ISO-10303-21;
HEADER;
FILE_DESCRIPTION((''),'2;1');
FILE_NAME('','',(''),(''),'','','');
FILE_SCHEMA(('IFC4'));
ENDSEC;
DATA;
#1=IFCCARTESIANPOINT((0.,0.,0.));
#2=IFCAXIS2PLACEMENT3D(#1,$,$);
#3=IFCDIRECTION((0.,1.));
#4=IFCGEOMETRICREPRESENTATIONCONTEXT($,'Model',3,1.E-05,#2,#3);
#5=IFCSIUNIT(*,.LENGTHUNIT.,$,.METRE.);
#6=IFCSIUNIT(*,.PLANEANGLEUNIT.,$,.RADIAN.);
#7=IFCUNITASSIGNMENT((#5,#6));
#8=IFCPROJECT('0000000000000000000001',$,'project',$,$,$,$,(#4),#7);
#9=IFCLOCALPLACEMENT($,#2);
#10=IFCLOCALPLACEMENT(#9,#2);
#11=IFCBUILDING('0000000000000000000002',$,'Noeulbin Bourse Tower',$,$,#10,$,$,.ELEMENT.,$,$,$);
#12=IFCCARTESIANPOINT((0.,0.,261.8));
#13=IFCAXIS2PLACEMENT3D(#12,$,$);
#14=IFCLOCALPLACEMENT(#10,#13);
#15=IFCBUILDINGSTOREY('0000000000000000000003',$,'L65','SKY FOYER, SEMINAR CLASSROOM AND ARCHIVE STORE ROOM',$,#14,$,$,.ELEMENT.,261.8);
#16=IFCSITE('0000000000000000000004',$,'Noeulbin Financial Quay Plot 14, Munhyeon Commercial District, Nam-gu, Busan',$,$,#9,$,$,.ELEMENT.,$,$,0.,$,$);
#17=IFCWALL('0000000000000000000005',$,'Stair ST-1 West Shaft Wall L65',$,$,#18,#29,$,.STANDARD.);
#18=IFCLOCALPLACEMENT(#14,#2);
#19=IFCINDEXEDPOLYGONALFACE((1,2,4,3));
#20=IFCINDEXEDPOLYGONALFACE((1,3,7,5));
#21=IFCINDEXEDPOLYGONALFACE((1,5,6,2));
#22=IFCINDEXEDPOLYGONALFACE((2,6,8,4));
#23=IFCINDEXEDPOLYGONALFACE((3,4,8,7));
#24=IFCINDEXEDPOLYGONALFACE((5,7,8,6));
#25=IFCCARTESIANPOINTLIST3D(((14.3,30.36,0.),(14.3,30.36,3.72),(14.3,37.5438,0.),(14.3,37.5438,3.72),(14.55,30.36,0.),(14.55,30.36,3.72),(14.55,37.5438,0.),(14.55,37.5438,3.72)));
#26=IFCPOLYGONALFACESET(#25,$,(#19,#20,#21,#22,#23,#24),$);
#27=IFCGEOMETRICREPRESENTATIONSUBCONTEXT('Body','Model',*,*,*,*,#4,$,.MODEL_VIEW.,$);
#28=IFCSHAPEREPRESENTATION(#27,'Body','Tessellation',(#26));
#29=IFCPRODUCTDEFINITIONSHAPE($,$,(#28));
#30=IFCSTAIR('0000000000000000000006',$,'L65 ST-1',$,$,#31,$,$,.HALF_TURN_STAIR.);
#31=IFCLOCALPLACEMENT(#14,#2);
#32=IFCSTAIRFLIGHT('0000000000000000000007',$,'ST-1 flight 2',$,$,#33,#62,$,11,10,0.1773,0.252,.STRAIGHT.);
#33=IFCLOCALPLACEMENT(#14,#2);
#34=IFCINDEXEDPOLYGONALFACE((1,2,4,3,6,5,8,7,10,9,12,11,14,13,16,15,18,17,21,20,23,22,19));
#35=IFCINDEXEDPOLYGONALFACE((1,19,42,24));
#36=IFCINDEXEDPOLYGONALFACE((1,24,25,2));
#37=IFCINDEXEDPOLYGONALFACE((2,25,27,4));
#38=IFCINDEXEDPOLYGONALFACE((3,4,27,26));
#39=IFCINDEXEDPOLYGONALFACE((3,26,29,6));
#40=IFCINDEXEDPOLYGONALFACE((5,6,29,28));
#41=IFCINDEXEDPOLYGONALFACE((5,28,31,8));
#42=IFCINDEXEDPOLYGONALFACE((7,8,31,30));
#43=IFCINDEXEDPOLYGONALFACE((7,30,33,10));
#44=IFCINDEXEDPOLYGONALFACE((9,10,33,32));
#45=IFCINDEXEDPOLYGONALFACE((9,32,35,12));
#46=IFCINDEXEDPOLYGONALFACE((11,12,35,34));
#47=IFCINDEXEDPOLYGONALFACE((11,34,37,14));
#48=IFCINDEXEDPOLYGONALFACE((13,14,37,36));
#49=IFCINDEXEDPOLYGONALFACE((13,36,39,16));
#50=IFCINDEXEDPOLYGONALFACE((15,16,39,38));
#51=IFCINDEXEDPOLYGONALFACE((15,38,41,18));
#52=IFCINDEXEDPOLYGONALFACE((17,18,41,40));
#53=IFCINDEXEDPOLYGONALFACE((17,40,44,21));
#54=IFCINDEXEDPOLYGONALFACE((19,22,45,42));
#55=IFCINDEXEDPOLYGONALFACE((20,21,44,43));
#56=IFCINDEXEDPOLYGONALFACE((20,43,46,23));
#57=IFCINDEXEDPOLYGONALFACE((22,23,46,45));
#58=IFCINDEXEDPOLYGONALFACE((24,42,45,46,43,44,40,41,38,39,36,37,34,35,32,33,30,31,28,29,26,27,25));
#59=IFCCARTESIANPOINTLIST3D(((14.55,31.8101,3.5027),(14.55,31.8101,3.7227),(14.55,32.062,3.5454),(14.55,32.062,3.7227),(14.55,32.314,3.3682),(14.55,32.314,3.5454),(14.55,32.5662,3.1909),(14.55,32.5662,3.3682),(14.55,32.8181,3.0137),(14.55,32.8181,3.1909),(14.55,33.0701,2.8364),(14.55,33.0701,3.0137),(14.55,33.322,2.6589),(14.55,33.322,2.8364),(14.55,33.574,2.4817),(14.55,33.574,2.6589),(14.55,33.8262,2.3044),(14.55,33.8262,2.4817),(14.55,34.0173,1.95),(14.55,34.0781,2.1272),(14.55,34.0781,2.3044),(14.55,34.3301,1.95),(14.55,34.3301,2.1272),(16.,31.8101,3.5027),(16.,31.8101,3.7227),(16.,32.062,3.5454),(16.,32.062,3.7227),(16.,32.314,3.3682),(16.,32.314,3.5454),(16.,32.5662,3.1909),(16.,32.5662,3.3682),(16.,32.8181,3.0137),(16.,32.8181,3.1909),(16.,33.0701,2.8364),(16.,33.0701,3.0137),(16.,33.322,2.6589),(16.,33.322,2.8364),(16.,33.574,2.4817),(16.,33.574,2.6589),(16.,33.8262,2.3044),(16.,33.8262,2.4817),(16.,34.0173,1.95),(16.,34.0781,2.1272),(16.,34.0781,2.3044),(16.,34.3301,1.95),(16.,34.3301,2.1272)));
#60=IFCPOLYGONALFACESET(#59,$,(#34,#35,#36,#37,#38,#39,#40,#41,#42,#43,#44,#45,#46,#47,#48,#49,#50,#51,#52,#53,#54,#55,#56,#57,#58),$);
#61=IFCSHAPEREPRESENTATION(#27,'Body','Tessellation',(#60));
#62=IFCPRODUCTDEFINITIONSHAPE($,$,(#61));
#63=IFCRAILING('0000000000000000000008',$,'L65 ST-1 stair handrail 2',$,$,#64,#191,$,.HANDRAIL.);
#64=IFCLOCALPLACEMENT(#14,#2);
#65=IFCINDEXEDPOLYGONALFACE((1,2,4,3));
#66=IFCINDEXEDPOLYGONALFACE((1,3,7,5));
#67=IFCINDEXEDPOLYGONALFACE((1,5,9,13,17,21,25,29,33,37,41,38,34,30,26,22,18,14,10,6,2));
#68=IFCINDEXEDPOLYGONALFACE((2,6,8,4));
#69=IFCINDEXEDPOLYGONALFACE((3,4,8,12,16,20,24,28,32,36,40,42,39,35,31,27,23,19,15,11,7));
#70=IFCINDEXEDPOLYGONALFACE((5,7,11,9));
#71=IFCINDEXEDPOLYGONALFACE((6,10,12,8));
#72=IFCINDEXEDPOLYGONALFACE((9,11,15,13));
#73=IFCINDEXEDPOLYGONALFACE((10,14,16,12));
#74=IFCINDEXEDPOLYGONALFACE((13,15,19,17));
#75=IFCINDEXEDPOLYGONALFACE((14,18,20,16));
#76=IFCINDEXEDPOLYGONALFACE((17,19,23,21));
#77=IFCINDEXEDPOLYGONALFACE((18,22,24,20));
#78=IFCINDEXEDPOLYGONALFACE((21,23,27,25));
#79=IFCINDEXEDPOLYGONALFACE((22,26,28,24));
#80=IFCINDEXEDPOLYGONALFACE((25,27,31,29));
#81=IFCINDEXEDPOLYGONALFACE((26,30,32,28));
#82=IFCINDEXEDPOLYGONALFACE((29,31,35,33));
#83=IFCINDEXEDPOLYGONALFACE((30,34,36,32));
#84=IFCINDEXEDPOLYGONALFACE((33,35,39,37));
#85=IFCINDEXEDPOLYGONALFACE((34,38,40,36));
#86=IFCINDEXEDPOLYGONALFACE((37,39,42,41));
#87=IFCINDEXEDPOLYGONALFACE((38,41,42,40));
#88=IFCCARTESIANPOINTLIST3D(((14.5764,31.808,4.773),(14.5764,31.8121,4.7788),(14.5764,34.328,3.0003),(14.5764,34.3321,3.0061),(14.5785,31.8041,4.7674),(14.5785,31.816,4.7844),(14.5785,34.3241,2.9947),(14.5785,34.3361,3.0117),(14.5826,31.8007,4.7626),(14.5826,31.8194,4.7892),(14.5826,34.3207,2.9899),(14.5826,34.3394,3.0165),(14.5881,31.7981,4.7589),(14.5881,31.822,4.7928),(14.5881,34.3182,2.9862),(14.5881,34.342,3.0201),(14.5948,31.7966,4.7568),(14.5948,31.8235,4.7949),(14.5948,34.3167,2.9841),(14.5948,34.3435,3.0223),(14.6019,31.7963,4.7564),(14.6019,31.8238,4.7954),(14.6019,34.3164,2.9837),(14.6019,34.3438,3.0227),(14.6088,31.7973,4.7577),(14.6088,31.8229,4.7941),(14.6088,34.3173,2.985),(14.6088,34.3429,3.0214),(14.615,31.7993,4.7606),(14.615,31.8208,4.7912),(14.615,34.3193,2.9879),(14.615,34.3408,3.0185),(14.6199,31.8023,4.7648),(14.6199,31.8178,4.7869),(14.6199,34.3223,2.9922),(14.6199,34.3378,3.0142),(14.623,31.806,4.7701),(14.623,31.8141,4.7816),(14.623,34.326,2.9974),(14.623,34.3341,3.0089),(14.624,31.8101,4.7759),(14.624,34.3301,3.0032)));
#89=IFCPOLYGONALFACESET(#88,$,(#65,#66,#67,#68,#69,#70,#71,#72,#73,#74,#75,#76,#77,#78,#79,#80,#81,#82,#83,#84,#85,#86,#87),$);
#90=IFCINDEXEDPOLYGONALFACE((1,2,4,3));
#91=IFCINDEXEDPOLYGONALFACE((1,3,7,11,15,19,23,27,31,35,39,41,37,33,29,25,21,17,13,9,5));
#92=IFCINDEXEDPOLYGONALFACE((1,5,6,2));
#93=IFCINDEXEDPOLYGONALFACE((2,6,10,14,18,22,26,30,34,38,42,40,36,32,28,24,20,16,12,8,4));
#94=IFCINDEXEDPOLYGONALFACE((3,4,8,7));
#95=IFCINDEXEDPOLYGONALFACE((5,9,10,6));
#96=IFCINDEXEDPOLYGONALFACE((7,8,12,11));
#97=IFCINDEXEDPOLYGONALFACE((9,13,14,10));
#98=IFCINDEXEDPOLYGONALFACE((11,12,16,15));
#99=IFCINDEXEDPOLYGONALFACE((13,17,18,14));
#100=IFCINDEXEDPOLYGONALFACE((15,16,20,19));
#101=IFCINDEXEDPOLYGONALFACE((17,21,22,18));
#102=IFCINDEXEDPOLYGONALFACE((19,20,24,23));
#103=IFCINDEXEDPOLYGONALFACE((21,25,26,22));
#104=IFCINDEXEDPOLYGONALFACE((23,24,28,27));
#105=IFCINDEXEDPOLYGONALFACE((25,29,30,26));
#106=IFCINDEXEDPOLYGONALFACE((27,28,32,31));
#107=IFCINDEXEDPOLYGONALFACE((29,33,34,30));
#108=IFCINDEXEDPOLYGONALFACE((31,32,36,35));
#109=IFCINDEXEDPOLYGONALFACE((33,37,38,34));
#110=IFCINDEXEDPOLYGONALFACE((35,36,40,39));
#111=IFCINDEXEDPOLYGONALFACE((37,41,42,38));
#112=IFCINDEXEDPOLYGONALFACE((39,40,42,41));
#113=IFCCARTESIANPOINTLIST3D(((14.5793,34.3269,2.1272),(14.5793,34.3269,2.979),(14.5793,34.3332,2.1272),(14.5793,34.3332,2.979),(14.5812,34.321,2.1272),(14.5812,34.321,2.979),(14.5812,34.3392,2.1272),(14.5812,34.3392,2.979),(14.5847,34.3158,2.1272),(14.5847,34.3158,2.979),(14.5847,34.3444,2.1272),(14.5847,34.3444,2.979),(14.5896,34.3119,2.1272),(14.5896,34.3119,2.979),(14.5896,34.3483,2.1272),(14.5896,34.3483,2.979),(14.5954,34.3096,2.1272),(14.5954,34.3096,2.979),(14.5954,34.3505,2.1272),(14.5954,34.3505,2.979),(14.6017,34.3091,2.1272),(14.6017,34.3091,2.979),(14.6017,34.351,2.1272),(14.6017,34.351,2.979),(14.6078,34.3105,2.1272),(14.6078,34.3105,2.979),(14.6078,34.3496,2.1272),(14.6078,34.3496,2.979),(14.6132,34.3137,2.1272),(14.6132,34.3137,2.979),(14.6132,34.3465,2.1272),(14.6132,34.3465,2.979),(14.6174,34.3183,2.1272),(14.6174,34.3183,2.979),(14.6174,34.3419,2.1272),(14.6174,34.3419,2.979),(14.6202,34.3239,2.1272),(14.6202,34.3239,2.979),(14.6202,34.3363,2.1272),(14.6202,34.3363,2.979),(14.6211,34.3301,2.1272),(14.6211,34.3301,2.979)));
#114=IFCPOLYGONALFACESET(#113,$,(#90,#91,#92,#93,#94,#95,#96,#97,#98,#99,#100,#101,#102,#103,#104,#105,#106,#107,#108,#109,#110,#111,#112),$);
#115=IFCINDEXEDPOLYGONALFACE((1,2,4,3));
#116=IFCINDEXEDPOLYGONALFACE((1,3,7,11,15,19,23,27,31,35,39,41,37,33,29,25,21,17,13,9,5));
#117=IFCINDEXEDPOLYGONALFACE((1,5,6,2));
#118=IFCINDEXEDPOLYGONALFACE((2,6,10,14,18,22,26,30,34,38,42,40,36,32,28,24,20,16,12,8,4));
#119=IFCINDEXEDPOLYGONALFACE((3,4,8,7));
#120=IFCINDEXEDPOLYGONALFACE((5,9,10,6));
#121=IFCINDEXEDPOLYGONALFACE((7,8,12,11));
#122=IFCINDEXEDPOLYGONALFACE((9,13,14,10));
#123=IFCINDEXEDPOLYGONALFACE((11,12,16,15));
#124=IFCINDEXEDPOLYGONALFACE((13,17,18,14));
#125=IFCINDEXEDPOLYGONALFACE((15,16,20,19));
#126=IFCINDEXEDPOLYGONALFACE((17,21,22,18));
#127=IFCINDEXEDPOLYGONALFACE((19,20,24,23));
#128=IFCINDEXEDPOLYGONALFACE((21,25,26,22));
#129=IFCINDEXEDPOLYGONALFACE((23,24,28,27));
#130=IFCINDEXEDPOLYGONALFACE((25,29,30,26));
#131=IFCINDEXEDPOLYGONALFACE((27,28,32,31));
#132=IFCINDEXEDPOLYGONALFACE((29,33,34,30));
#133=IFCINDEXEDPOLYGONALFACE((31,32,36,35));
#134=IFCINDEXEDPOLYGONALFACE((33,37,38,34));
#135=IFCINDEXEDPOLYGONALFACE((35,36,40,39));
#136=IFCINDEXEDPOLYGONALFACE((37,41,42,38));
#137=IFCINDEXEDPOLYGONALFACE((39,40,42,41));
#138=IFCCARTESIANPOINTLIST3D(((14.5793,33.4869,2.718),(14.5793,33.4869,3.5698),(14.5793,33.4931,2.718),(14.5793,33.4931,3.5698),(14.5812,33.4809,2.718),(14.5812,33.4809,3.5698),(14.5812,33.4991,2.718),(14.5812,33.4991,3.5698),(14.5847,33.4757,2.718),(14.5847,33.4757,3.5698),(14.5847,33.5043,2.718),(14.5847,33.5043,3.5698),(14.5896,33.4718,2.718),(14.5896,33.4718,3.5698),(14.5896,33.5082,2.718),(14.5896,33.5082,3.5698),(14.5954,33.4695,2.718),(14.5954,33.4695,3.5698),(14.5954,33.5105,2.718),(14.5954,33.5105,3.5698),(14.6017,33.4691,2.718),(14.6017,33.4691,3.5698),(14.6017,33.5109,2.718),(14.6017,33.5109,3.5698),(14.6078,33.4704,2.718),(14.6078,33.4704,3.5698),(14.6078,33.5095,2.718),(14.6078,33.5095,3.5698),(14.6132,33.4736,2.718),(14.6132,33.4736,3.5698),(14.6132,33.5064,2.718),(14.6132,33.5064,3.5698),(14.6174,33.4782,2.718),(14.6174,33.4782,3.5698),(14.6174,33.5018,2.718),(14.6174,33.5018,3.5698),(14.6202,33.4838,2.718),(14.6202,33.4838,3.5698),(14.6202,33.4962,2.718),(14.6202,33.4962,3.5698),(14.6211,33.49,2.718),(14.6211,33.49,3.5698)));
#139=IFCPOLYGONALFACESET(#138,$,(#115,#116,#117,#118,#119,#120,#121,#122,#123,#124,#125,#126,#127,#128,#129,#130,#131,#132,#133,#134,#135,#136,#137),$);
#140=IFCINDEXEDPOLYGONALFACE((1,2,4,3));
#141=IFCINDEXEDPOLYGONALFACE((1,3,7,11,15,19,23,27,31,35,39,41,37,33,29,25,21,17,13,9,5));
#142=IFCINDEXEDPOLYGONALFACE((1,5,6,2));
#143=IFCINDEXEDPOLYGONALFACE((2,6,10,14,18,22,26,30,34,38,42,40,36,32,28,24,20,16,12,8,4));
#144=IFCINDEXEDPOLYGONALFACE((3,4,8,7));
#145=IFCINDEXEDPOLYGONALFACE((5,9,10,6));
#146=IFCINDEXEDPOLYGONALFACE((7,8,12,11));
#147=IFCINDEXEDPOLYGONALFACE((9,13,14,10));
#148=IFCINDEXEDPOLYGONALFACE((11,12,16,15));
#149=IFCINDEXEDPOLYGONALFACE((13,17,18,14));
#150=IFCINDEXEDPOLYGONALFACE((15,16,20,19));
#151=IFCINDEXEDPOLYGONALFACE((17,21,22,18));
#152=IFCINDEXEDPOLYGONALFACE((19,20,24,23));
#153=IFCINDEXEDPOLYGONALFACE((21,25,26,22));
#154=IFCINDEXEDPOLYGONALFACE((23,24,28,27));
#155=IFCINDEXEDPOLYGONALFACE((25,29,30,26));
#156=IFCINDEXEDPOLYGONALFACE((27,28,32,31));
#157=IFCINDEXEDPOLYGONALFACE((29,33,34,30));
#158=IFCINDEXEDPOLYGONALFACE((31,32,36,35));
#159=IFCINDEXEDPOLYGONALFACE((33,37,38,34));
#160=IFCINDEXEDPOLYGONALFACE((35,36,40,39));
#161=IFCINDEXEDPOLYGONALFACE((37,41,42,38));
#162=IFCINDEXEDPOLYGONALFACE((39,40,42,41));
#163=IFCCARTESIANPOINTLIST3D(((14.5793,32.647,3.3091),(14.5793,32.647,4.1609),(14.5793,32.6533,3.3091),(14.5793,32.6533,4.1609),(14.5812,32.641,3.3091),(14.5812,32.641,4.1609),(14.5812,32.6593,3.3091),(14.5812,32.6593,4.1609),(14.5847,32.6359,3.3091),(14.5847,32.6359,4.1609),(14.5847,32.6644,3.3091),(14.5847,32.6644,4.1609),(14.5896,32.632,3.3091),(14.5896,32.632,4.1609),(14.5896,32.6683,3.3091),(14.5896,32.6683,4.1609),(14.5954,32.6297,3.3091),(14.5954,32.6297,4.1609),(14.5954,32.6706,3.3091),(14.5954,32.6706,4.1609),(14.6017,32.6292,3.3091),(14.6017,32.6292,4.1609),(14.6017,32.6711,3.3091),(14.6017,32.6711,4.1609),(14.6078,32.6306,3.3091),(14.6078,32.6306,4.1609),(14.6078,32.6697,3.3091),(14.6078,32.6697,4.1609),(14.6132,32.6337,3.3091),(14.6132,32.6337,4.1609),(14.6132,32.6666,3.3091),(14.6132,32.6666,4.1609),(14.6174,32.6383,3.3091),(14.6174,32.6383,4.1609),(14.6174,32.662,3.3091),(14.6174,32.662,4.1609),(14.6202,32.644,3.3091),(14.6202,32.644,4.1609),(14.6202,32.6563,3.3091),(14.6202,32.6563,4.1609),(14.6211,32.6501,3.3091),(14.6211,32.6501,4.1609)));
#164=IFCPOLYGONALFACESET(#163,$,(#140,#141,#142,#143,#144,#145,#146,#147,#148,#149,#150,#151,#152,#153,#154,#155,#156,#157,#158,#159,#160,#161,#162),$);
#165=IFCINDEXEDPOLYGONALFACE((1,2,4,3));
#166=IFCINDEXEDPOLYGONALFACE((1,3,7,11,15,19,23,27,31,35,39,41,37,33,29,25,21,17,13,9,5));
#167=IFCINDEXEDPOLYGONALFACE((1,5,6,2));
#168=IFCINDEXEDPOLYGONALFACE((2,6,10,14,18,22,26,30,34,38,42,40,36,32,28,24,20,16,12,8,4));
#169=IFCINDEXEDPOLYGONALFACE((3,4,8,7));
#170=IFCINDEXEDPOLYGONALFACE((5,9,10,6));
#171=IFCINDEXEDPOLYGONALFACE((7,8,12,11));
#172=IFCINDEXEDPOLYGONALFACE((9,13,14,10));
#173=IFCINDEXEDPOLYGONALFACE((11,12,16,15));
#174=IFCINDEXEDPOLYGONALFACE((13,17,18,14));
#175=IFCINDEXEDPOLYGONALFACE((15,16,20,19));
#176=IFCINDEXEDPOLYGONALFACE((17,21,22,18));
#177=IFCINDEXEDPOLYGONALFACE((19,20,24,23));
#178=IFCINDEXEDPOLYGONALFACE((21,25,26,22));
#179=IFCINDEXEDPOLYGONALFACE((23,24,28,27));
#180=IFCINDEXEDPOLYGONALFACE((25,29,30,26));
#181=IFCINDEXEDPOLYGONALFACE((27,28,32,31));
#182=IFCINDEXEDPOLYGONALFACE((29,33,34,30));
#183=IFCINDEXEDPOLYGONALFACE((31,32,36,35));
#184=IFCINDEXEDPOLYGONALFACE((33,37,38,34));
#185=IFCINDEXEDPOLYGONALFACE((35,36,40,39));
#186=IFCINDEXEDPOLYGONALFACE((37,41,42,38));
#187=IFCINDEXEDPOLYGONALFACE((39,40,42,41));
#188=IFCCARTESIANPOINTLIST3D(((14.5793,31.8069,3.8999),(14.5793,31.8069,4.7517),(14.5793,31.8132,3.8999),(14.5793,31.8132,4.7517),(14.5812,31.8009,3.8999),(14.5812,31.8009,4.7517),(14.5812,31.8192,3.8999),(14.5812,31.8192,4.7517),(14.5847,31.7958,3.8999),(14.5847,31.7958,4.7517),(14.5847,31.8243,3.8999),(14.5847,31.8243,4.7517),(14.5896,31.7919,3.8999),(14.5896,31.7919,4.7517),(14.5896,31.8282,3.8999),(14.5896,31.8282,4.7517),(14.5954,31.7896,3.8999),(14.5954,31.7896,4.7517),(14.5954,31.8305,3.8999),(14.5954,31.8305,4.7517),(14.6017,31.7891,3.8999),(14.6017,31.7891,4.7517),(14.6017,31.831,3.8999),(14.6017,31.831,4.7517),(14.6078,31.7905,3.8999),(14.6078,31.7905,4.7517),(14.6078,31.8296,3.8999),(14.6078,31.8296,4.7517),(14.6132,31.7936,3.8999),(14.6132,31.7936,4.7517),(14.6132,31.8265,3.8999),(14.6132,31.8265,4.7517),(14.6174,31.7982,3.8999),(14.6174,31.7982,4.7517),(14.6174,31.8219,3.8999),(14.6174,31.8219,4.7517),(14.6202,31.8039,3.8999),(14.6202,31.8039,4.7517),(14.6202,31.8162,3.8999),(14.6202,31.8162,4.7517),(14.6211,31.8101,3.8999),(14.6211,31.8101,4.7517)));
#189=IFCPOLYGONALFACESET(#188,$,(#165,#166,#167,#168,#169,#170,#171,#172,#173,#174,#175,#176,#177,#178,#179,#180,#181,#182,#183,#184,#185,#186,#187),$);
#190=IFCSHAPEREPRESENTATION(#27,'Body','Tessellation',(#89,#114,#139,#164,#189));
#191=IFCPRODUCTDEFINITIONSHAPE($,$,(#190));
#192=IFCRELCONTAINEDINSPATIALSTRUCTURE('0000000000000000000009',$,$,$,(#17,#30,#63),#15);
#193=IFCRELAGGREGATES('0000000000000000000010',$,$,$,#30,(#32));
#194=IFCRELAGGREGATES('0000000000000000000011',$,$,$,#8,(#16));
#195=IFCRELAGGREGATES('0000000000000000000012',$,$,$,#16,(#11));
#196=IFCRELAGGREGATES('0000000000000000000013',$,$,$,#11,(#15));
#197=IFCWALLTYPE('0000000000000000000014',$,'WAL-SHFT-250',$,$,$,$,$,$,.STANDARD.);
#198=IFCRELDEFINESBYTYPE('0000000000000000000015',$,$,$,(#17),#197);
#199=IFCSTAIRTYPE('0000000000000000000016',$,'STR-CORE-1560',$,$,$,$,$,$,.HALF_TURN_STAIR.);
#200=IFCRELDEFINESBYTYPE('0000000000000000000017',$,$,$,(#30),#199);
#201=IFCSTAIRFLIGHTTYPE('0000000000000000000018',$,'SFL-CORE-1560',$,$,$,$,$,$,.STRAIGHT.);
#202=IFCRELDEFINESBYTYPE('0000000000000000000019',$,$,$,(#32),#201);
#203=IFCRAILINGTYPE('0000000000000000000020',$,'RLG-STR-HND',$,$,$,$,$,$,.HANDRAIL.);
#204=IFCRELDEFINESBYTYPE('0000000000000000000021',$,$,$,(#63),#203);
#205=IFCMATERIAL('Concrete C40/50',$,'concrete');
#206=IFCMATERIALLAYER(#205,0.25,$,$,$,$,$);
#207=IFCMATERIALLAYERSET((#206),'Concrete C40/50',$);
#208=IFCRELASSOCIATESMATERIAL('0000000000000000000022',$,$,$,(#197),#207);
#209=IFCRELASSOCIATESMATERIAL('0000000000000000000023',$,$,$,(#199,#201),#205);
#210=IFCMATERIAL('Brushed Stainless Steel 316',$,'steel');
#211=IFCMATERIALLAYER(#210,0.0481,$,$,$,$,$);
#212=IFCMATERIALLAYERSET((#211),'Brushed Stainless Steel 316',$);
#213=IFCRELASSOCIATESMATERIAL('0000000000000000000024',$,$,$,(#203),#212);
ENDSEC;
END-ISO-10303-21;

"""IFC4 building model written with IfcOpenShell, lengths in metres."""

from ifc_helpers import new_model, si_unit, direction, frame, frame_2d, origin, origin_2d, place, context, subcontext, project, spatial, polyline, rectangle, circle, outline, extrude, material, layer, layer_set, type_object, element, aggregate, save


model = new_model("IFC4")

# Units and contexts
model_context = context("Model", 3, precision=1e-05, world=origin(), true_north=direction((0.0, 1.0)))
body_context = subcontext(model_context, "Body", "Model", "MODEL_VIEW")
ifc_project = project(units=[si_unit("LENGTHUNIT", "METRE"), si_unit("PLANEANGLEUNIT", "RADIAN")], contexts=[model_context])

# Site, building, storey
site_placement = place(None, origin())
site = spatial("IfcSite", under=ifc_project, at=site_placement, Name="Noeulbin Financial Quay Plot 14, Munhyeon Commercial District, Nam-gu, Busan", CompositionType="ELEMENT", RefElevation=0.0)
building_placement = place(site_placement, origin())
building = spatial("IfcBuilding", under=site, at=building_placement, Name="Noeulbin Bourse Tower", CompositionType="ELEMENT")
storey_placement = place(building_placement, frame((0.0, 0.0, 261.8)))
storey = spatial("IfcBuildingStorey", under=building, at=storey_placement, Name="L65", Description="SKY FOYER, SEMINAR CLASSROOM AND ARCHIVE STORE ROOM", CompositionType="ELEMENT", Elevation=261.8)

# Shared definitions
ifc_material_1 = material(Name="Concrete C40/50", Category="concrete")
ifc_layer_1 = layer(ifc_material_1, 0.25)
ifc_layer_set_1 = layer_set([ifc_layer_1], Name="Concrete C40/50")
wall_type_1 = type_object("IfcWallType", Name="WAL-SHFT-250", PredefinedType="STANDARD", material=ifc_layer_set_1)

# Wall
wall_1_placement = place(storey_placement, frame((14.425, 30.3601, 0.0), z_axis=(0.0, 0.0, 1.0), x_axis=(0.0, 1.0, 0.0)))
element("IfcWall", 1, at=wall_1_placement, inside=storey, type_object=wall_type_1, Name="Stair ST-1 West Shaft Wall L65", PredefinedType="STANDARD", context=body_context, shape_type="SweptSolid", body=[
    extrude(rectangle(XDim=7.1838, YDim=0.25, at=frame_2d((3.5918, 0.0))), origin(), (0.0, 0.0, 1.0), 3.72),
])

# Stair, stair flight
stair_type = type_object("IfcStairType", Name="STR-CORE-1560", PredefinedType="HALF_TURN_STAIR", material=ifc_material_1)
stair_placement = place(storey_placement, origin())
stair = element("IfcStair", 2, at=stair_placement, inside=storey, type_object=stair_type, Name="L65 ST-1", PredefinedType="HALF_TURN_STAIR")
stair_flight_type = type_object("IfcStairFlightType", Name="SFL-CORE-1560", PredefinedType="STRAIGHT", material=ifc_material_1)
stair_flight_placement = place(storey_placement, frame((15.2749, 34.3301, 1.95), z_axis=(0.0, 0.0, 1.0), x_axis=(0.0, -1.0, 0.0)))
stair_flight = element("IfcStairFlight", 3, at=stair_flight_placement, type_object=stair_flight_type, Name="ST-1 flight 2", NumberOfRisers=11, NumberOfTreads=10, PredefinedType="STRAIGHT", RiserHeight=0.1773, TreadLength=0.252, context=body_context, shape_type="SweptSolid", body=[
    extrude(outline(polyline([(0.0, 0.0), (0.0, 0.1772), (0.252, 0.1772), (0.252, 0.3545), (0.5039, 0.3545), (0.5039, 0.5317), (0.7561, 0.5317), (0.7561, 0.709), (1.0081, 0.709), (1.0081, 0.8865), (1.26, 0.8865), (1.26, 1.0637), (1.512, 1.0637), (1.512, 1.241), (1.7639, 1.241), (1.7639, 1.4182), (2.0161, 1.4182), (2.0161, 1.5955), (2.2681, 1.5955), (2.2681, 1.7727), (2.52, 1.7727), (2.52, 1.95), (2.52, 1.5527), (0.3127, 0.0), (0.0, 0.0)])), frame((0.0, 0.7251, 0.0), z_axis=(0.0, -1.0, 0.0), x_axis=(1.0, 0.0, 0.0)), (0.0, 0.0, 1.0), 1.45),
])
aggregate(stair, [stair_flight])

# Railing
ifc_material_2 = material(Name="Brushed Stainless Steel 316", Category="steel")
ifc_layer_2 = layer(ifc_material_2, 0.0481)
ifc_layer_set_2 = layer_set([ifc_layer_2], Name="Brushed Stainless Steel 316")
railing_type = type_object("IfcRailingType", Name="RLG-STR-HND", PredefinedType="HANDRAIL", material=ifc_layer_set_2)
railing_placement = place(storey_placement, frame((14.6001, 34.3301, 2.1272)))
element("IfcRailing", 4, at=railing_placement, inside=storey, type_object=railing_type, Name="L65 ST-1 stair handrail 2", PredefinedType="HANDRAIL", context=body_context, shape_type="SweptSolid", body=[
    extrude(circle(Radius=0.0239, at=origin_2d()), frame((0.0, 0.0, 0.876), z_axis=(0.0, -0.817904, 0.575354), x_axis=(1.0, 0.0, 0.0)), (0.0, 0.0, 1.0), 3.0811),
    extrude(circle(Radius=0.021, at=origin_2d()), origin(), (0.0, 0.0, 1.0), 0.8518),
    extrude(circle(Radius=0.021, at=origin_2d()), frame((0.0, -0.8401, 0.5908)), (0.0, 0.0, 1.0), 0.8518),
    extrude(circle(Radius=0.021, at=origin_2d()), frame((0.0, -1.6799, 1.1819)), (0.0, 0.0, 1.0), 0.8518),
    extrude(circle(Radius=0.021, at=origin_2d()), frame((0.0, -2.52, 1.7727)), (0.0, 0.0, 1.0), 0.8518),
])

save(model, "model.ifc")
